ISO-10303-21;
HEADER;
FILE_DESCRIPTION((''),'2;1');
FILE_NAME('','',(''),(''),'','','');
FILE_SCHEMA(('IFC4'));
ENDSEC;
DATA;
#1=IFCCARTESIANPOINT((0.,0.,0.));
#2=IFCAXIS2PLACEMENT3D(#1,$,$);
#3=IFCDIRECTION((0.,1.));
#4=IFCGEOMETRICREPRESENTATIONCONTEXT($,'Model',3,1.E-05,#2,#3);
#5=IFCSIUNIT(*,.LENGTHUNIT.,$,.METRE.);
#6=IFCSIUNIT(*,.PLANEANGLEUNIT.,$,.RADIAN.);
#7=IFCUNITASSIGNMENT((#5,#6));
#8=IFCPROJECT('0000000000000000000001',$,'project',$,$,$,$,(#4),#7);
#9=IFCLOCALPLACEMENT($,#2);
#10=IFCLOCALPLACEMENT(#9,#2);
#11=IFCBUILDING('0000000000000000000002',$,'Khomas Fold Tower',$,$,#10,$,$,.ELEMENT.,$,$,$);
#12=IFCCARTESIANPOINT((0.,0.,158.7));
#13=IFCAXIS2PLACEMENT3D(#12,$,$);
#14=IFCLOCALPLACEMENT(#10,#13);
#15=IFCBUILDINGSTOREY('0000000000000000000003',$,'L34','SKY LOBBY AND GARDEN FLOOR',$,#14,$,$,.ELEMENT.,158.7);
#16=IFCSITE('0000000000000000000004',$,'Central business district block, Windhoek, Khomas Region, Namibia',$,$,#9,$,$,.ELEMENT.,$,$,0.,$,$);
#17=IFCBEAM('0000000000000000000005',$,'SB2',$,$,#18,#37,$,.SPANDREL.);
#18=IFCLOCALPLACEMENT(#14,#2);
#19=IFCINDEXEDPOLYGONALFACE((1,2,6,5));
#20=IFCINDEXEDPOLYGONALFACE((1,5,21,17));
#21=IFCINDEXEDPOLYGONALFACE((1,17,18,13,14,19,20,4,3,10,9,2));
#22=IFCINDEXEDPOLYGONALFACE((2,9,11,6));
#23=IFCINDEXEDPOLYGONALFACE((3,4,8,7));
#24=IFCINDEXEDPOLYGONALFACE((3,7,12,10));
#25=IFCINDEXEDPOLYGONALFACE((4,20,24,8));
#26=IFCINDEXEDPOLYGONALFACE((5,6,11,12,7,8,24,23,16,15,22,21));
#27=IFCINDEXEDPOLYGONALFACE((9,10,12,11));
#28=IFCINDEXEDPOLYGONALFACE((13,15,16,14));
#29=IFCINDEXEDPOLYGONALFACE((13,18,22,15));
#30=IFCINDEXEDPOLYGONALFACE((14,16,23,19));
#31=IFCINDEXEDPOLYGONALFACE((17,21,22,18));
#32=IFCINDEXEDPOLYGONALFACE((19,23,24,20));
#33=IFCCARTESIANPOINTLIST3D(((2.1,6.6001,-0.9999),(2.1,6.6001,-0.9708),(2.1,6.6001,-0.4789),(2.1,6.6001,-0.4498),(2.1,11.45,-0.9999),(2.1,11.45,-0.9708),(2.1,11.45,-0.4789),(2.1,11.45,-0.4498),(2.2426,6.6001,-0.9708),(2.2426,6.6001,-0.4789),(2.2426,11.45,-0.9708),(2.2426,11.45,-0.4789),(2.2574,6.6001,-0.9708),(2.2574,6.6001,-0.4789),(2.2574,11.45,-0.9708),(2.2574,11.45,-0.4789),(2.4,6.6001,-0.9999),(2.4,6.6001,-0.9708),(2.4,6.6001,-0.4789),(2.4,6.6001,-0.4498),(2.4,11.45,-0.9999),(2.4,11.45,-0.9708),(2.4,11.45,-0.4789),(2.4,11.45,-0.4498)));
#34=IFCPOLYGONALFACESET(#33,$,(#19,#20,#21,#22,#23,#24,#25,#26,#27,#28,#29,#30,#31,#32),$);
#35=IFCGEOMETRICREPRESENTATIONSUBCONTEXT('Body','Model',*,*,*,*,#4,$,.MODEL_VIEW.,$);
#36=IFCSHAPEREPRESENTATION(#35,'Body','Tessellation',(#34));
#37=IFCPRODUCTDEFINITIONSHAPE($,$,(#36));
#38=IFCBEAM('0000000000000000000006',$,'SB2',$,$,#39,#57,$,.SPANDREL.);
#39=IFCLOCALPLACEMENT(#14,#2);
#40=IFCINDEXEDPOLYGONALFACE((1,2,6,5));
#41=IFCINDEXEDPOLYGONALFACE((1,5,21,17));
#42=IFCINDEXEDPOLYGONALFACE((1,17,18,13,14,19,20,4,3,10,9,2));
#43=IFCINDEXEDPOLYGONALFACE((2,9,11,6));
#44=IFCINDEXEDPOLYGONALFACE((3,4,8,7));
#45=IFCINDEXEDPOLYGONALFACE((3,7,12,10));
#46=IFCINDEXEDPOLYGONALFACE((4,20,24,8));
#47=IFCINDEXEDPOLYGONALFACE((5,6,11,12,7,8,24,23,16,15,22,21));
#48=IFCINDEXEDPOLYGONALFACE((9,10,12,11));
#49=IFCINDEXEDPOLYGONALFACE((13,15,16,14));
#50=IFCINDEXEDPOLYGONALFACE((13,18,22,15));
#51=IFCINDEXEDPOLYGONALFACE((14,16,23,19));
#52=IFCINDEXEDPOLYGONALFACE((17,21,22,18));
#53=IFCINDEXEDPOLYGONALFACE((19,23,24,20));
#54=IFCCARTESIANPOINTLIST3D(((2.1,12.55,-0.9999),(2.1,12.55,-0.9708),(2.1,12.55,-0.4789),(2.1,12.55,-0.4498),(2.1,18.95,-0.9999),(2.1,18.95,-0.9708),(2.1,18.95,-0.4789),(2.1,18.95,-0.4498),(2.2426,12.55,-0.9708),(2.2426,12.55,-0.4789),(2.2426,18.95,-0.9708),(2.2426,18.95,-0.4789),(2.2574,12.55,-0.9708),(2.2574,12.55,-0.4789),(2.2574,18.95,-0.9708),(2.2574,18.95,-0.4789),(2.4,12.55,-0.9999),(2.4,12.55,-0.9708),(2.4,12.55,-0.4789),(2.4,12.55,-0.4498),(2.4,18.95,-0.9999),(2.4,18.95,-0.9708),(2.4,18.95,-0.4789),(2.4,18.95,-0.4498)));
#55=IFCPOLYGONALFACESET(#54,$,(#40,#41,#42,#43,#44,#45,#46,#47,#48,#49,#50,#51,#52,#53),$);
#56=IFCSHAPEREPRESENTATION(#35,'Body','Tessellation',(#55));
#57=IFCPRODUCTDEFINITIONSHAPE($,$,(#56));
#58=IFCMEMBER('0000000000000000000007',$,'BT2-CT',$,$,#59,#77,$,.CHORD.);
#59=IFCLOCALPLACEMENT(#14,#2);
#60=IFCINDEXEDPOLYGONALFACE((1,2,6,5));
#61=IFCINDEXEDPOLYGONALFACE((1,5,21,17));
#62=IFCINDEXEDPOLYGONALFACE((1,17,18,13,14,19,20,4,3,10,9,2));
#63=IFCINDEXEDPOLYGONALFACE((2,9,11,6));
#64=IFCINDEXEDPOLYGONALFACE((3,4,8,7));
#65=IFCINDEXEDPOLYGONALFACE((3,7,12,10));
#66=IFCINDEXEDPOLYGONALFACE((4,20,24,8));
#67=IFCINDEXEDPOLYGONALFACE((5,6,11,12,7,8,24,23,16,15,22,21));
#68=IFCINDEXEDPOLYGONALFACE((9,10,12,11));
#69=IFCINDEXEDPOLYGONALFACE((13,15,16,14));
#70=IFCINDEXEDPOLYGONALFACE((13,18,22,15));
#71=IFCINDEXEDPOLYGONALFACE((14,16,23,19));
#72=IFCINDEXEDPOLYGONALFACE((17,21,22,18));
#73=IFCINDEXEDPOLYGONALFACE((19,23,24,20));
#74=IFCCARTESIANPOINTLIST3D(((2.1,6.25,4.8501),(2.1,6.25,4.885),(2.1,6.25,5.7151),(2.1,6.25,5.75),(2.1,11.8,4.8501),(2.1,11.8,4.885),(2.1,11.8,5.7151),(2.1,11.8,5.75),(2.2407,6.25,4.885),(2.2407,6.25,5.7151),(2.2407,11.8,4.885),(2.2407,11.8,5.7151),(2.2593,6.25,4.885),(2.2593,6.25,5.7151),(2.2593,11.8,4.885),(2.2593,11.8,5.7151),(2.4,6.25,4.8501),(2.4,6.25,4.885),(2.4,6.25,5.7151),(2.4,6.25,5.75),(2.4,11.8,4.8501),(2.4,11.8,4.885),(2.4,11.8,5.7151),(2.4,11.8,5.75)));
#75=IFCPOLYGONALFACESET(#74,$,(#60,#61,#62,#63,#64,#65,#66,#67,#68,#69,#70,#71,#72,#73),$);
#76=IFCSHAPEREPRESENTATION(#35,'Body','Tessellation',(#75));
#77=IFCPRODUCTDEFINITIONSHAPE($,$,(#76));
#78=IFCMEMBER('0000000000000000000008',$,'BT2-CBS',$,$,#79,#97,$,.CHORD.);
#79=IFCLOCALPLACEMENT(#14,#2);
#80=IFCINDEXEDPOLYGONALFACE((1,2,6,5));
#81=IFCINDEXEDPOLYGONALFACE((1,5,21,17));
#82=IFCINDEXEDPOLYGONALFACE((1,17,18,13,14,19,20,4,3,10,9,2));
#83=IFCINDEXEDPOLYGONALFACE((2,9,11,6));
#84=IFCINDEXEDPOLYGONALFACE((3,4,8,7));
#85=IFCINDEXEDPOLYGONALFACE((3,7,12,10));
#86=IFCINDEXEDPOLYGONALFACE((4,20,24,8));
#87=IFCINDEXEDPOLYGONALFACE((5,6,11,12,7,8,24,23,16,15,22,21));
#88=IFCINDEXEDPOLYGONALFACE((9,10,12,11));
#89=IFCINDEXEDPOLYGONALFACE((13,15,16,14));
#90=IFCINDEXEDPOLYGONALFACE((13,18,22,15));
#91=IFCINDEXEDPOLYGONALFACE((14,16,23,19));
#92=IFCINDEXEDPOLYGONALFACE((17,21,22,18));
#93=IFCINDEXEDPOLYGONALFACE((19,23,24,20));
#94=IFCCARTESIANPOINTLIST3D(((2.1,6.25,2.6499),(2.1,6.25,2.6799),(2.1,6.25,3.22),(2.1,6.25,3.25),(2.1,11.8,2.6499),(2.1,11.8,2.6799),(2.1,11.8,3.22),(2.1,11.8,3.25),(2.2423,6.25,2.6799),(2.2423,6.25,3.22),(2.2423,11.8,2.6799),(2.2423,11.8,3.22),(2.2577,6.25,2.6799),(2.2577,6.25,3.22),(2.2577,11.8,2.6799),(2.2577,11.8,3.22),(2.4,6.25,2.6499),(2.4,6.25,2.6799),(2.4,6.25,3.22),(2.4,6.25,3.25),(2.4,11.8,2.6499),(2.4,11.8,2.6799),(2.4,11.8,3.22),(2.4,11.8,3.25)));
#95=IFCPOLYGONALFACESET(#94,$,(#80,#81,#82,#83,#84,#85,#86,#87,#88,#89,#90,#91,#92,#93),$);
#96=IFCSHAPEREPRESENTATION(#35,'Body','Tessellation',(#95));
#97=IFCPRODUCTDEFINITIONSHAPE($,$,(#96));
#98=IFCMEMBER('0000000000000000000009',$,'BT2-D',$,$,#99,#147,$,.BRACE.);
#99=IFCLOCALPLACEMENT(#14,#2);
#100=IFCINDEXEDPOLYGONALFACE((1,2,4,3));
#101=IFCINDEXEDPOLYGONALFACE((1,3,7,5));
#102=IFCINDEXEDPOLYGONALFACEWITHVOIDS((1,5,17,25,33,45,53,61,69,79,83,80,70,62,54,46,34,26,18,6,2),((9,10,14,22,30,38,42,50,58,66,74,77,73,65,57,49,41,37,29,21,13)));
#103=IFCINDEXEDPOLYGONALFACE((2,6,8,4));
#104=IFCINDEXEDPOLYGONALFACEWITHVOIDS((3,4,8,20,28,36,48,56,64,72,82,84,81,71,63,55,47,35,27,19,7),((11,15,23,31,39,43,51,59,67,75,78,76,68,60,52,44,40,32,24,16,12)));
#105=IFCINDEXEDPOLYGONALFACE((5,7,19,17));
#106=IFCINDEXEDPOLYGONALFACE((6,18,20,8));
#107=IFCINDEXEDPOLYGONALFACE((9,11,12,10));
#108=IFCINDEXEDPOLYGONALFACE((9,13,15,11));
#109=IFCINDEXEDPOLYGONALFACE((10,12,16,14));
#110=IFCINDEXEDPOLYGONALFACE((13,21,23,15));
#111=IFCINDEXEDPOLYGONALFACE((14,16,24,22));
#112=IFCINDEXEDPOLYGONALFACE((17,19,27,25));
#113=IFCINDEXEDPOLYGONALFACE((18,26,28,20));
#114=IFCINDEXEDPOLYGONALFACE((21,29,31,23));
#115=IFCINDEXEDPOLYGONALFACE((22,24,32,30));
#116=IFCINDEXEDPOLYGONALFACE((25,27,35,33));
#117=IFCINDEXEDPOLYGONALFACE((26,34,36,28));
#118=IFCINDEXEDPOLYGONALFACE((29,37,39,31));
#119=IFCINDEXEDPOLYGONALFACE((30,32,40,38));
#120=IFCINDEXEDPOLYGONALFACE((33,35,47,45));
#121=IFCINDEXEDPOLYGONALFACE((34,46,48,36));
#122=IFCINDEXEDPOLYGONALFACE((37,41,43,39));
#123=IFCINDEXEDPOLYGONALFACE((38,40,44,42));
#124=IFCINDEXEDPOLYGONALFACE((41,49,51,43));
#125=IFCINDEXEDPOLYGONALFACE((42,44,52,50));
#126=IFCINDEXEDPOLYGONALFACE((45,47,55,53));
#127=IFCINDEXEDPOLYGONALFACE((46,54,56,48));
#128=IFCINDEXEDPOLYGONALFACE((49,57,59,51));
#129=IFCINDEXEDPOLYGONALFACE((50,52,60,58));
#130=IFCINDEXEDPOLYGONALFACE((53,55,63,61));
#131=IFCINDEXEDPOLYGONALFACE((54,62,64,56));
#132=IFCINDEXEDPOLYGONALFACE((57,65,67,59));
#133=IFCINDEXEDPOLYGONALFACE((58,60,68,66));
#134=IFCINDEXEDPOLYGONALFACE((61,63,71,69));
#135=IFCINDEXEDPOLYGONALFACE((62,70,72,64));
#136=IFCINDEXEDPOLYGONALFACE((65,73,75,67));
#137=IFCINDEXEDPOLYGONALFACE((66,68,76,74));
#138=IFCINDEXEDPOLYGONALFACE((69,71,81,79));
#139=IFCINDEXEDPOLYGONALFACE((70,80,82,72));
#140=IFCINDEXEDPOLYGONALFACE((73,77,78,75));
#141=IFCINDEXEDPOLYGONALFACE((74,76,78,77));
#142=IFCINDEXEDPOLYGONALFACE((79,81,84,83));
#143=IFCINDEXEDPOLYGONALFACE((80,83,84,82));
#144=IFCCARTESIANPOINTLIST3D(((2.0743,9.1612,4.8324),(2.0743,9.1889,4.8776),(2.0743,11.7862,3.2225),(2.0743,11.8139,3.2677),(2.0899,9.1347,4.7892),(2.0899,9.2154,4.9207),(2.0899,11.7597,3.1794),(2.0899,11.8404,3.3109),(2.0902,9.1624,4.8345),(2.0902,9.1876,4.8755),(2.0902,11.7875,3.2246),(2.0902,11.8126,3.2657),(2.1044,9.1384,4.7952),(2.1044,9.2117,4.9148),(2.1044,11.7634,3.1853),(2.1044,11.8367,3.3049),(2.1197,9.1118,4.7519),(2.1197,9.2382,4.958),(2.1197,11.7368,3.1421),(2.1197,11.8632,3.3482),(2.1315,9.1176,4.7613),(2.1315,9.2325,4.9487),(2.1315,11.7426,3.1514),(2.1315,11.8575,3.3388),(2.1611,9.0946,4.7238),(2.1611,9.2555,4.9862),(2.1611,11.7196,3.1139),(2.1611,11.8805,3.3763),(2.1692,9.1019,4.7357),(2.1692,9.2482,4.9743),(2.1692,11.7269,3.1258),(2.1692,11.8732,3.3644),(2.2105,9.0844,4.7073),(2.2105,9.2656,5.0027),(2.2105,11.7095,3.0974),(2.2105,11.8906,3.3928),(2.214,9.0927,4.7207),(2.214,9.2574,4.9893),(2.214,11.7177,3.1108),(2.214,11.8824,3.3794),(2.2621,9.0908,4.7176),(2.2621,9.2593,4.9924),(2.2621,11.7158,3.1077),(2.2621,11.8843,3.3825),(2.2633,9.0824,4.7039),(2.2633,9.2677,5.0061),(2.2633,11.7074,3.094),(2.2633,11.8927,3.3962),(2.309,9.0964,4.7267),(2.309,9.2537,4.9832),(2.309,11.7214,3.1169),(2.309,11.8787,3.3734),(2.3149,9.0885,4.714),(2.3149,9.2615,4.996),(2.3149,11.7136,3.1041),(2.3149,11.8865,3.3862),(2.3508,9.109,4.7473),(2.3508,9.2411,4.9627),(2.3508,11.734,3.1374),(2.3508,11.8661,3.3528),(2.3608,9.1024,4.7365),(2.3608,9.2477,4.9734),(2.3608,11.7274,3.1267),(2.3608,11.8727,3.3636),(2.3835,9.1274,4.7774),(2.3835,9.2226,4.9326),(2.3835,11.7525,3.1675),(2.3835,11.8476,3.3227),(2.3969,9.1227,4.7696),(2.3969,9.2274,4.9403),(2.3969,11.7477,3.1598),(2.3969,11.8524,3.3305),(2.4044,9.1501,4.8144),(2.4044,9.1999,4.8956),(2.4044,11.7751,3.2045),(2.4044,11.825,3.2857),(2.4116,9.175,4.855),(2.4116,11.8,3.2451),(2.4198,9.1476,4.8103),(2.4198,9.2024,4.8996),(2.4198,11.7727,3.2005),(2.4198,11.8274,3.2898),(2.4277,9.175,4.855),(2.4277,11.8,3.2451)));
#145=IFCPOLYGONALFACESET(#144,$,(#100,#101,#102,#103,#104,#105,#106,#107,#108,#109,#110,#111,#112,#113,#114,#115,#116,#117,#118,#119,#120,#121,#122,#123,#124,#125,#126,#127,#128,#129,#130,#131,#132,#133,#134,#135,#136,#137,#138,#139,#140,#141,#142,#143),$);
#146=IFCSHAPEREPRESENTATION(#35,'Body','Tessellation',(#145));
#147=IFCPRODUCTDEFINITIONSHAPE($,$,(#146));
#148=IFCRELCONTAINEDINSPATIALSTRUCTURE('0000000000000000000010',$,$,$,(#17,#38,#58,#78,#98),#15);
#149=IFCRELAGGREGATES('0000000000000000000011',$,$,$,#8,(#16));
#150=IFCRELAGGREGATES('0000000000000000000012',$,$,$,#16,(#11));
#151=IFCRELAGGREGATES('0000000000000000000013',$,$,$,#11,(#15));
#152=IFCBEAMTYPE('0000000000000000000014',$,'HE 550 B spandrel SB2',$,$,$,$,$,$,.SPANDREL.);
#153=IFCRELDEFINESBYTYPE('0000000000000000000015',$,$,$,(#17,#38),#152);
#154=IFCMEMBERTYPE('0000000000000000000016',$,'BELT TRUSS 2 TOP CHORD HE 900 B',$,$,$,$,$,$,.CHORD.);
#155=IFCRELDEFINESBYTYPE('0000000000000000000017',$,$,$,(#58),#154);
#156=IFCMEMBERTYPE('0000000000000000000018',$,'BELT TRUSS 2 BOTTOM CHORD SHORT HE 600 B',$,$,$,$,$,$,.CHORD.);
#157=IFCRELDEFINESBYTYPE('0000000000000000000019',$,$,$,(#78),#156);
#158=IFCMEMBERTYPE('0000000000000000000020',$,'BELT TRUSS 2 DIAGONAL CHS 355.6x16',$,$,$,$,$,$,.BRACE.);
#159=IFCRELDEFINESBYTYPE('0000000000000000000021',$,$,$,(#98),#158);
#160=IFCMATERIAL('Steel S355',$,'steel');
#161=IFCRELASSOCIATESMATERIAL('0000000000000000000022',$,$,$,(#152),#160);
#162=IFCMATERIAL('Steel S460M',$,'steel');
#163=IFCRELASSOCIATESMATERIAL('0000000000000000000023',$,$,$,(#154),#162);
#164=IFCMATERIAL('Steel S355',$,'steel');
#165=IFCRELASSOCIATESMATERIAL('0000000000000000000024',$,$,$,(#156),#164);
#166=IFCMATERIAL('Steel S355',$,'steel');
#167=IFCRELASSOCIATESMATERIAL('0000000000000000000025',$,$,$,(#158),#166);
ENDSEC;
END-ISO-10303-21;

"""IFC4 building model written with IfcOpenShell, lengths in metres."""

from ifc_helpers import new_model, si_unit, direction, frame, origin, origin_2d, place, context, subcontext, project, spatial, hollow_circle, i_section, extrude, source, transform, mapped, material, material_profile, profile_set, type_object, element, save


model = new_model("IFC4")

# Units and contexts
model_context = context("Model", 3, precision=1e-05, world=origin(), true_north=direction((0.0, 1.0)))
body_context = subcontext(model_context, "Body", "Model", "MODEL_VIEW")
ifc_project = project(units=[si_unit("LENGTHUNIT", "METRE"), si_unit("PLANEANGLEUNIT", "RADIAN")], contexts=[model_context])

# Site, building, storey
site_placement = place(None, origin())
site = spatial("IfcSite", under=ifc_project, at=site_placement, Name="Central business district block, Windhoek, Khomas Region, Namibia", CompositionType="ELEMENT", RefElevation=0.0)
building_placement = place(site_placement, origin())
building = spatial("IfcBuilding", under=site, at=building_placement, Name="Khomas Fold Tower", CompositionType="ELEMENT")
storey_placement = place(building_placement, frame((0.0, 0.0, 158.7)))
storey = spatial("IfcBuildingStorey", under=building, at=storey_placement, Name="L34", Description="SKY LOBBY AND GARDEN FLOOR", CompositionType="ELEMENT", Elevation=158.7)

# Beams
ifc_material_1 = material(Name="Steel S355", Category="steel")
ifc_material_profile_1 = material_profile(ifc_material_1, i_section(OverallWidth=0.3, OverallDepth=0.55, WebThickness=0.0149, FlangeThickness=0.0291, at=origin_2d()), Name="HE 550 B")
ifc_profile_set_1 = profile_set([ifc_material_profile_1], Name="Steel S355")
beam_type_1 = type_object("IfcBeamType", Name="HE 550 B spandrel SB2", PredefinedType="SPANDREL", material=ifc_profile_set_1)
shared_shape_1 = source(origin(), body_context, "Body", "SweptSolid", [
    extrude(i_section(OverallWidth=0.3, OverallDepth=0.55, WebThickness=0.0149, FlangeThickness=0.0291, at=origin_2d()), origin(), (0.0, 0.0, 1.0), 4.8499),
])
beam_1_placement = place(storey_placement, frame((2.25, 6.6001, -0.7249), z_axis=(0.0, 1.0, 0.0), x_axis=(-1.0, 0.0, 0.0)))
element("IfcBeam", 1, at=beam_1_placement, inside=storey, type_object=beam_type_1, Name="SB2", PredefinedType="SPANDREL", context=body_context, shape_type="MappedRepresentation", body=[
    mapped(shared_shape_1, transform((0.0, 0.0, 0.0))),
])
shared_shape_2 = source(origin(), body_context, "Body", "SweptSolid", [
    extrude(i_section(OverallWidth=0.3, OverallDepth=0.55, WebThickness=0.0149, FlangeThickness=0.0291, at=origin_2d()), origin(), (0.0, 0.0, 1.0), 6.3999),
])
beam_2_placement = place(storey_placement, frame((2.25, 12.55, -0.7249), z_axis=(0.0, 1.0, 0.0), x_axis=(-1.0, 0.0, 0.0)))
element("IfcBeam", 2, at=beam_2_placement, inside=storey, type_object=beam_type_1, Name="SB2", PredefinedType="SPANDREL", context=body_context, shape_type="MappedRepresentation", body=[
    mapped(shared_shape_2, transform((0.0, 0.0, 0.0))),
])

# Members
ifc_material_2 = material(Name="Steel S460M", Category="steel")
ifc_material_profile_2 = material_profile(ifc_material_2, i_section(OverallWidth=0.3, OverallDepth=0.8999, WebThickness=0.0186, FlangeThickness=0.0349, at=origin_2d()), Name="HE 900 B")
ifc_profile_set_2 = profile_set([ifc_material_profile_2], Name="Steel S460M")
member_type_1 = type_object("IfcMemberType", Name="BELT TRUSS 2 TOP CHORD HE 900 B", PredefinedType="CHORD", material=ifc_profile_set_2)
shared_shape_3 = source(origin(), body_context, "Body", "SweptSolid", [
    extrude(i_section(OverallWidth=0.3, OverallDepth=0.8999, WebThickness=0.0186, FlangeThickness=0.0349, at=origin_2d()), origin(), (0.0, 0.0, 1.0), 5.55),
])
member_1_placement = place(storey_placement, frame((2.25, 11.8, 5.3), z_axis=(0.0, -1.0, 0.0), x_axis=(1.0, 0.0, 0.0)))
element("IfcMember", 3, at=member_1_placement, inside=storey, type_object=member_type_1, Name="BT2-CT", PredefinedType="CHORD", context=body_context, shape_type="MappedRepresentation", body=[
    mapped(shared_shape_3, transform((0.0, 0.0, 0.0))),
])
ifc_material_3 = material(Name="Steel S355", Category="steel")
ifc_material_profile_3 = material_profile(ifc_material_3, i_section(OverallWidth=0.3, OverallDepth=0.6001, WebThickness=0.0154, FlangeThickness=0.03, at=origin_2d()), Name="HE 600 B")
ifc_profile_set_3 = profile_set([ifc_material_profile_3], Name="Steel S355")
member_type_2 = type_object("IfcMemberType", Name="BELT TRUSS 2 BOTTOM CHORD SHORT HE 600 B", PredefinedType="CHORD", material=ifc_profile_set_3)
shared_shape_4 = source(origin(), body_context, "Body", "SweptSolid", [
    extrude(i_section(OverallWidth=0.3, OverallDepth=0.6001, WebThickness=0.0154, FlangeThickness=0.03, at=origin_2d()), origin(), (0.0, 0.0, 1.0), 5.55),
])
member_2_placement = place(storey_placement, frame((2.25, 11.8, 2.95), z_axis=(0.0, -1.0, 0.0), x_axis=(1.0, 0.0, 0.0)))
element("IfcMember", 4, at=member_2_placement, inside=storey, type_object=member_type_2, Name="BT2-CBS", PredefinedType="CHORD", context=body_context, shape_type="MappedRepresentation", body=[
    mapped(shared_shape_4, transform((0.0, 0.0, 0.0))),
])
ifc_material_4 = material(Name="Steel S355", Category="steel")
ifc_material_profile_4 = material_profile(ifc_material_4, hollow_circle(Radius=0.1777, WallThickness=0.0161, at=origin_2d()), Name="CHS 355.6x16")
ifc_profile_set_4 = profile_set([ifc_material_profile_4], Name="Steel S355")
member_type_3 = type_object("IfcMemberType", Name="BELT TRUSS 2 DIAGONAL CHS 355.6x16", PredefinedType="BRACE", material=ifc_profile_set_4)
shared_shape_5 = source(origin(), body_context, "Body", "SweptSolid", [
    extrude(hollow_circle(Radius=0.1777, WallThickness=0.0161, at=origin_2d()), origin(), (0.0, 0.0, 1.0), 3.0793),
])
for number, where, z_axis, x_axis, name in (
    (5, (2.25, 11.8, 3.2451), (0.0, -0.852458, 0.522796), (1.0, 0.0, 0.0), "BT2-D"),
):
    element("IfcMember", number, at=place(storey_placement, frame(where, z_axis=z_axis, x_axis=x_axis)), inside=storey, type_object=member_type_3, Name=name, PredefinedType="BRACE", context=body_context, shape_type="MappedRepresentation", body=[
        mapped(shared_shape_5, transform((0.0, 0.0, 0.0))),
    ])

save(model, "model.ifc")
